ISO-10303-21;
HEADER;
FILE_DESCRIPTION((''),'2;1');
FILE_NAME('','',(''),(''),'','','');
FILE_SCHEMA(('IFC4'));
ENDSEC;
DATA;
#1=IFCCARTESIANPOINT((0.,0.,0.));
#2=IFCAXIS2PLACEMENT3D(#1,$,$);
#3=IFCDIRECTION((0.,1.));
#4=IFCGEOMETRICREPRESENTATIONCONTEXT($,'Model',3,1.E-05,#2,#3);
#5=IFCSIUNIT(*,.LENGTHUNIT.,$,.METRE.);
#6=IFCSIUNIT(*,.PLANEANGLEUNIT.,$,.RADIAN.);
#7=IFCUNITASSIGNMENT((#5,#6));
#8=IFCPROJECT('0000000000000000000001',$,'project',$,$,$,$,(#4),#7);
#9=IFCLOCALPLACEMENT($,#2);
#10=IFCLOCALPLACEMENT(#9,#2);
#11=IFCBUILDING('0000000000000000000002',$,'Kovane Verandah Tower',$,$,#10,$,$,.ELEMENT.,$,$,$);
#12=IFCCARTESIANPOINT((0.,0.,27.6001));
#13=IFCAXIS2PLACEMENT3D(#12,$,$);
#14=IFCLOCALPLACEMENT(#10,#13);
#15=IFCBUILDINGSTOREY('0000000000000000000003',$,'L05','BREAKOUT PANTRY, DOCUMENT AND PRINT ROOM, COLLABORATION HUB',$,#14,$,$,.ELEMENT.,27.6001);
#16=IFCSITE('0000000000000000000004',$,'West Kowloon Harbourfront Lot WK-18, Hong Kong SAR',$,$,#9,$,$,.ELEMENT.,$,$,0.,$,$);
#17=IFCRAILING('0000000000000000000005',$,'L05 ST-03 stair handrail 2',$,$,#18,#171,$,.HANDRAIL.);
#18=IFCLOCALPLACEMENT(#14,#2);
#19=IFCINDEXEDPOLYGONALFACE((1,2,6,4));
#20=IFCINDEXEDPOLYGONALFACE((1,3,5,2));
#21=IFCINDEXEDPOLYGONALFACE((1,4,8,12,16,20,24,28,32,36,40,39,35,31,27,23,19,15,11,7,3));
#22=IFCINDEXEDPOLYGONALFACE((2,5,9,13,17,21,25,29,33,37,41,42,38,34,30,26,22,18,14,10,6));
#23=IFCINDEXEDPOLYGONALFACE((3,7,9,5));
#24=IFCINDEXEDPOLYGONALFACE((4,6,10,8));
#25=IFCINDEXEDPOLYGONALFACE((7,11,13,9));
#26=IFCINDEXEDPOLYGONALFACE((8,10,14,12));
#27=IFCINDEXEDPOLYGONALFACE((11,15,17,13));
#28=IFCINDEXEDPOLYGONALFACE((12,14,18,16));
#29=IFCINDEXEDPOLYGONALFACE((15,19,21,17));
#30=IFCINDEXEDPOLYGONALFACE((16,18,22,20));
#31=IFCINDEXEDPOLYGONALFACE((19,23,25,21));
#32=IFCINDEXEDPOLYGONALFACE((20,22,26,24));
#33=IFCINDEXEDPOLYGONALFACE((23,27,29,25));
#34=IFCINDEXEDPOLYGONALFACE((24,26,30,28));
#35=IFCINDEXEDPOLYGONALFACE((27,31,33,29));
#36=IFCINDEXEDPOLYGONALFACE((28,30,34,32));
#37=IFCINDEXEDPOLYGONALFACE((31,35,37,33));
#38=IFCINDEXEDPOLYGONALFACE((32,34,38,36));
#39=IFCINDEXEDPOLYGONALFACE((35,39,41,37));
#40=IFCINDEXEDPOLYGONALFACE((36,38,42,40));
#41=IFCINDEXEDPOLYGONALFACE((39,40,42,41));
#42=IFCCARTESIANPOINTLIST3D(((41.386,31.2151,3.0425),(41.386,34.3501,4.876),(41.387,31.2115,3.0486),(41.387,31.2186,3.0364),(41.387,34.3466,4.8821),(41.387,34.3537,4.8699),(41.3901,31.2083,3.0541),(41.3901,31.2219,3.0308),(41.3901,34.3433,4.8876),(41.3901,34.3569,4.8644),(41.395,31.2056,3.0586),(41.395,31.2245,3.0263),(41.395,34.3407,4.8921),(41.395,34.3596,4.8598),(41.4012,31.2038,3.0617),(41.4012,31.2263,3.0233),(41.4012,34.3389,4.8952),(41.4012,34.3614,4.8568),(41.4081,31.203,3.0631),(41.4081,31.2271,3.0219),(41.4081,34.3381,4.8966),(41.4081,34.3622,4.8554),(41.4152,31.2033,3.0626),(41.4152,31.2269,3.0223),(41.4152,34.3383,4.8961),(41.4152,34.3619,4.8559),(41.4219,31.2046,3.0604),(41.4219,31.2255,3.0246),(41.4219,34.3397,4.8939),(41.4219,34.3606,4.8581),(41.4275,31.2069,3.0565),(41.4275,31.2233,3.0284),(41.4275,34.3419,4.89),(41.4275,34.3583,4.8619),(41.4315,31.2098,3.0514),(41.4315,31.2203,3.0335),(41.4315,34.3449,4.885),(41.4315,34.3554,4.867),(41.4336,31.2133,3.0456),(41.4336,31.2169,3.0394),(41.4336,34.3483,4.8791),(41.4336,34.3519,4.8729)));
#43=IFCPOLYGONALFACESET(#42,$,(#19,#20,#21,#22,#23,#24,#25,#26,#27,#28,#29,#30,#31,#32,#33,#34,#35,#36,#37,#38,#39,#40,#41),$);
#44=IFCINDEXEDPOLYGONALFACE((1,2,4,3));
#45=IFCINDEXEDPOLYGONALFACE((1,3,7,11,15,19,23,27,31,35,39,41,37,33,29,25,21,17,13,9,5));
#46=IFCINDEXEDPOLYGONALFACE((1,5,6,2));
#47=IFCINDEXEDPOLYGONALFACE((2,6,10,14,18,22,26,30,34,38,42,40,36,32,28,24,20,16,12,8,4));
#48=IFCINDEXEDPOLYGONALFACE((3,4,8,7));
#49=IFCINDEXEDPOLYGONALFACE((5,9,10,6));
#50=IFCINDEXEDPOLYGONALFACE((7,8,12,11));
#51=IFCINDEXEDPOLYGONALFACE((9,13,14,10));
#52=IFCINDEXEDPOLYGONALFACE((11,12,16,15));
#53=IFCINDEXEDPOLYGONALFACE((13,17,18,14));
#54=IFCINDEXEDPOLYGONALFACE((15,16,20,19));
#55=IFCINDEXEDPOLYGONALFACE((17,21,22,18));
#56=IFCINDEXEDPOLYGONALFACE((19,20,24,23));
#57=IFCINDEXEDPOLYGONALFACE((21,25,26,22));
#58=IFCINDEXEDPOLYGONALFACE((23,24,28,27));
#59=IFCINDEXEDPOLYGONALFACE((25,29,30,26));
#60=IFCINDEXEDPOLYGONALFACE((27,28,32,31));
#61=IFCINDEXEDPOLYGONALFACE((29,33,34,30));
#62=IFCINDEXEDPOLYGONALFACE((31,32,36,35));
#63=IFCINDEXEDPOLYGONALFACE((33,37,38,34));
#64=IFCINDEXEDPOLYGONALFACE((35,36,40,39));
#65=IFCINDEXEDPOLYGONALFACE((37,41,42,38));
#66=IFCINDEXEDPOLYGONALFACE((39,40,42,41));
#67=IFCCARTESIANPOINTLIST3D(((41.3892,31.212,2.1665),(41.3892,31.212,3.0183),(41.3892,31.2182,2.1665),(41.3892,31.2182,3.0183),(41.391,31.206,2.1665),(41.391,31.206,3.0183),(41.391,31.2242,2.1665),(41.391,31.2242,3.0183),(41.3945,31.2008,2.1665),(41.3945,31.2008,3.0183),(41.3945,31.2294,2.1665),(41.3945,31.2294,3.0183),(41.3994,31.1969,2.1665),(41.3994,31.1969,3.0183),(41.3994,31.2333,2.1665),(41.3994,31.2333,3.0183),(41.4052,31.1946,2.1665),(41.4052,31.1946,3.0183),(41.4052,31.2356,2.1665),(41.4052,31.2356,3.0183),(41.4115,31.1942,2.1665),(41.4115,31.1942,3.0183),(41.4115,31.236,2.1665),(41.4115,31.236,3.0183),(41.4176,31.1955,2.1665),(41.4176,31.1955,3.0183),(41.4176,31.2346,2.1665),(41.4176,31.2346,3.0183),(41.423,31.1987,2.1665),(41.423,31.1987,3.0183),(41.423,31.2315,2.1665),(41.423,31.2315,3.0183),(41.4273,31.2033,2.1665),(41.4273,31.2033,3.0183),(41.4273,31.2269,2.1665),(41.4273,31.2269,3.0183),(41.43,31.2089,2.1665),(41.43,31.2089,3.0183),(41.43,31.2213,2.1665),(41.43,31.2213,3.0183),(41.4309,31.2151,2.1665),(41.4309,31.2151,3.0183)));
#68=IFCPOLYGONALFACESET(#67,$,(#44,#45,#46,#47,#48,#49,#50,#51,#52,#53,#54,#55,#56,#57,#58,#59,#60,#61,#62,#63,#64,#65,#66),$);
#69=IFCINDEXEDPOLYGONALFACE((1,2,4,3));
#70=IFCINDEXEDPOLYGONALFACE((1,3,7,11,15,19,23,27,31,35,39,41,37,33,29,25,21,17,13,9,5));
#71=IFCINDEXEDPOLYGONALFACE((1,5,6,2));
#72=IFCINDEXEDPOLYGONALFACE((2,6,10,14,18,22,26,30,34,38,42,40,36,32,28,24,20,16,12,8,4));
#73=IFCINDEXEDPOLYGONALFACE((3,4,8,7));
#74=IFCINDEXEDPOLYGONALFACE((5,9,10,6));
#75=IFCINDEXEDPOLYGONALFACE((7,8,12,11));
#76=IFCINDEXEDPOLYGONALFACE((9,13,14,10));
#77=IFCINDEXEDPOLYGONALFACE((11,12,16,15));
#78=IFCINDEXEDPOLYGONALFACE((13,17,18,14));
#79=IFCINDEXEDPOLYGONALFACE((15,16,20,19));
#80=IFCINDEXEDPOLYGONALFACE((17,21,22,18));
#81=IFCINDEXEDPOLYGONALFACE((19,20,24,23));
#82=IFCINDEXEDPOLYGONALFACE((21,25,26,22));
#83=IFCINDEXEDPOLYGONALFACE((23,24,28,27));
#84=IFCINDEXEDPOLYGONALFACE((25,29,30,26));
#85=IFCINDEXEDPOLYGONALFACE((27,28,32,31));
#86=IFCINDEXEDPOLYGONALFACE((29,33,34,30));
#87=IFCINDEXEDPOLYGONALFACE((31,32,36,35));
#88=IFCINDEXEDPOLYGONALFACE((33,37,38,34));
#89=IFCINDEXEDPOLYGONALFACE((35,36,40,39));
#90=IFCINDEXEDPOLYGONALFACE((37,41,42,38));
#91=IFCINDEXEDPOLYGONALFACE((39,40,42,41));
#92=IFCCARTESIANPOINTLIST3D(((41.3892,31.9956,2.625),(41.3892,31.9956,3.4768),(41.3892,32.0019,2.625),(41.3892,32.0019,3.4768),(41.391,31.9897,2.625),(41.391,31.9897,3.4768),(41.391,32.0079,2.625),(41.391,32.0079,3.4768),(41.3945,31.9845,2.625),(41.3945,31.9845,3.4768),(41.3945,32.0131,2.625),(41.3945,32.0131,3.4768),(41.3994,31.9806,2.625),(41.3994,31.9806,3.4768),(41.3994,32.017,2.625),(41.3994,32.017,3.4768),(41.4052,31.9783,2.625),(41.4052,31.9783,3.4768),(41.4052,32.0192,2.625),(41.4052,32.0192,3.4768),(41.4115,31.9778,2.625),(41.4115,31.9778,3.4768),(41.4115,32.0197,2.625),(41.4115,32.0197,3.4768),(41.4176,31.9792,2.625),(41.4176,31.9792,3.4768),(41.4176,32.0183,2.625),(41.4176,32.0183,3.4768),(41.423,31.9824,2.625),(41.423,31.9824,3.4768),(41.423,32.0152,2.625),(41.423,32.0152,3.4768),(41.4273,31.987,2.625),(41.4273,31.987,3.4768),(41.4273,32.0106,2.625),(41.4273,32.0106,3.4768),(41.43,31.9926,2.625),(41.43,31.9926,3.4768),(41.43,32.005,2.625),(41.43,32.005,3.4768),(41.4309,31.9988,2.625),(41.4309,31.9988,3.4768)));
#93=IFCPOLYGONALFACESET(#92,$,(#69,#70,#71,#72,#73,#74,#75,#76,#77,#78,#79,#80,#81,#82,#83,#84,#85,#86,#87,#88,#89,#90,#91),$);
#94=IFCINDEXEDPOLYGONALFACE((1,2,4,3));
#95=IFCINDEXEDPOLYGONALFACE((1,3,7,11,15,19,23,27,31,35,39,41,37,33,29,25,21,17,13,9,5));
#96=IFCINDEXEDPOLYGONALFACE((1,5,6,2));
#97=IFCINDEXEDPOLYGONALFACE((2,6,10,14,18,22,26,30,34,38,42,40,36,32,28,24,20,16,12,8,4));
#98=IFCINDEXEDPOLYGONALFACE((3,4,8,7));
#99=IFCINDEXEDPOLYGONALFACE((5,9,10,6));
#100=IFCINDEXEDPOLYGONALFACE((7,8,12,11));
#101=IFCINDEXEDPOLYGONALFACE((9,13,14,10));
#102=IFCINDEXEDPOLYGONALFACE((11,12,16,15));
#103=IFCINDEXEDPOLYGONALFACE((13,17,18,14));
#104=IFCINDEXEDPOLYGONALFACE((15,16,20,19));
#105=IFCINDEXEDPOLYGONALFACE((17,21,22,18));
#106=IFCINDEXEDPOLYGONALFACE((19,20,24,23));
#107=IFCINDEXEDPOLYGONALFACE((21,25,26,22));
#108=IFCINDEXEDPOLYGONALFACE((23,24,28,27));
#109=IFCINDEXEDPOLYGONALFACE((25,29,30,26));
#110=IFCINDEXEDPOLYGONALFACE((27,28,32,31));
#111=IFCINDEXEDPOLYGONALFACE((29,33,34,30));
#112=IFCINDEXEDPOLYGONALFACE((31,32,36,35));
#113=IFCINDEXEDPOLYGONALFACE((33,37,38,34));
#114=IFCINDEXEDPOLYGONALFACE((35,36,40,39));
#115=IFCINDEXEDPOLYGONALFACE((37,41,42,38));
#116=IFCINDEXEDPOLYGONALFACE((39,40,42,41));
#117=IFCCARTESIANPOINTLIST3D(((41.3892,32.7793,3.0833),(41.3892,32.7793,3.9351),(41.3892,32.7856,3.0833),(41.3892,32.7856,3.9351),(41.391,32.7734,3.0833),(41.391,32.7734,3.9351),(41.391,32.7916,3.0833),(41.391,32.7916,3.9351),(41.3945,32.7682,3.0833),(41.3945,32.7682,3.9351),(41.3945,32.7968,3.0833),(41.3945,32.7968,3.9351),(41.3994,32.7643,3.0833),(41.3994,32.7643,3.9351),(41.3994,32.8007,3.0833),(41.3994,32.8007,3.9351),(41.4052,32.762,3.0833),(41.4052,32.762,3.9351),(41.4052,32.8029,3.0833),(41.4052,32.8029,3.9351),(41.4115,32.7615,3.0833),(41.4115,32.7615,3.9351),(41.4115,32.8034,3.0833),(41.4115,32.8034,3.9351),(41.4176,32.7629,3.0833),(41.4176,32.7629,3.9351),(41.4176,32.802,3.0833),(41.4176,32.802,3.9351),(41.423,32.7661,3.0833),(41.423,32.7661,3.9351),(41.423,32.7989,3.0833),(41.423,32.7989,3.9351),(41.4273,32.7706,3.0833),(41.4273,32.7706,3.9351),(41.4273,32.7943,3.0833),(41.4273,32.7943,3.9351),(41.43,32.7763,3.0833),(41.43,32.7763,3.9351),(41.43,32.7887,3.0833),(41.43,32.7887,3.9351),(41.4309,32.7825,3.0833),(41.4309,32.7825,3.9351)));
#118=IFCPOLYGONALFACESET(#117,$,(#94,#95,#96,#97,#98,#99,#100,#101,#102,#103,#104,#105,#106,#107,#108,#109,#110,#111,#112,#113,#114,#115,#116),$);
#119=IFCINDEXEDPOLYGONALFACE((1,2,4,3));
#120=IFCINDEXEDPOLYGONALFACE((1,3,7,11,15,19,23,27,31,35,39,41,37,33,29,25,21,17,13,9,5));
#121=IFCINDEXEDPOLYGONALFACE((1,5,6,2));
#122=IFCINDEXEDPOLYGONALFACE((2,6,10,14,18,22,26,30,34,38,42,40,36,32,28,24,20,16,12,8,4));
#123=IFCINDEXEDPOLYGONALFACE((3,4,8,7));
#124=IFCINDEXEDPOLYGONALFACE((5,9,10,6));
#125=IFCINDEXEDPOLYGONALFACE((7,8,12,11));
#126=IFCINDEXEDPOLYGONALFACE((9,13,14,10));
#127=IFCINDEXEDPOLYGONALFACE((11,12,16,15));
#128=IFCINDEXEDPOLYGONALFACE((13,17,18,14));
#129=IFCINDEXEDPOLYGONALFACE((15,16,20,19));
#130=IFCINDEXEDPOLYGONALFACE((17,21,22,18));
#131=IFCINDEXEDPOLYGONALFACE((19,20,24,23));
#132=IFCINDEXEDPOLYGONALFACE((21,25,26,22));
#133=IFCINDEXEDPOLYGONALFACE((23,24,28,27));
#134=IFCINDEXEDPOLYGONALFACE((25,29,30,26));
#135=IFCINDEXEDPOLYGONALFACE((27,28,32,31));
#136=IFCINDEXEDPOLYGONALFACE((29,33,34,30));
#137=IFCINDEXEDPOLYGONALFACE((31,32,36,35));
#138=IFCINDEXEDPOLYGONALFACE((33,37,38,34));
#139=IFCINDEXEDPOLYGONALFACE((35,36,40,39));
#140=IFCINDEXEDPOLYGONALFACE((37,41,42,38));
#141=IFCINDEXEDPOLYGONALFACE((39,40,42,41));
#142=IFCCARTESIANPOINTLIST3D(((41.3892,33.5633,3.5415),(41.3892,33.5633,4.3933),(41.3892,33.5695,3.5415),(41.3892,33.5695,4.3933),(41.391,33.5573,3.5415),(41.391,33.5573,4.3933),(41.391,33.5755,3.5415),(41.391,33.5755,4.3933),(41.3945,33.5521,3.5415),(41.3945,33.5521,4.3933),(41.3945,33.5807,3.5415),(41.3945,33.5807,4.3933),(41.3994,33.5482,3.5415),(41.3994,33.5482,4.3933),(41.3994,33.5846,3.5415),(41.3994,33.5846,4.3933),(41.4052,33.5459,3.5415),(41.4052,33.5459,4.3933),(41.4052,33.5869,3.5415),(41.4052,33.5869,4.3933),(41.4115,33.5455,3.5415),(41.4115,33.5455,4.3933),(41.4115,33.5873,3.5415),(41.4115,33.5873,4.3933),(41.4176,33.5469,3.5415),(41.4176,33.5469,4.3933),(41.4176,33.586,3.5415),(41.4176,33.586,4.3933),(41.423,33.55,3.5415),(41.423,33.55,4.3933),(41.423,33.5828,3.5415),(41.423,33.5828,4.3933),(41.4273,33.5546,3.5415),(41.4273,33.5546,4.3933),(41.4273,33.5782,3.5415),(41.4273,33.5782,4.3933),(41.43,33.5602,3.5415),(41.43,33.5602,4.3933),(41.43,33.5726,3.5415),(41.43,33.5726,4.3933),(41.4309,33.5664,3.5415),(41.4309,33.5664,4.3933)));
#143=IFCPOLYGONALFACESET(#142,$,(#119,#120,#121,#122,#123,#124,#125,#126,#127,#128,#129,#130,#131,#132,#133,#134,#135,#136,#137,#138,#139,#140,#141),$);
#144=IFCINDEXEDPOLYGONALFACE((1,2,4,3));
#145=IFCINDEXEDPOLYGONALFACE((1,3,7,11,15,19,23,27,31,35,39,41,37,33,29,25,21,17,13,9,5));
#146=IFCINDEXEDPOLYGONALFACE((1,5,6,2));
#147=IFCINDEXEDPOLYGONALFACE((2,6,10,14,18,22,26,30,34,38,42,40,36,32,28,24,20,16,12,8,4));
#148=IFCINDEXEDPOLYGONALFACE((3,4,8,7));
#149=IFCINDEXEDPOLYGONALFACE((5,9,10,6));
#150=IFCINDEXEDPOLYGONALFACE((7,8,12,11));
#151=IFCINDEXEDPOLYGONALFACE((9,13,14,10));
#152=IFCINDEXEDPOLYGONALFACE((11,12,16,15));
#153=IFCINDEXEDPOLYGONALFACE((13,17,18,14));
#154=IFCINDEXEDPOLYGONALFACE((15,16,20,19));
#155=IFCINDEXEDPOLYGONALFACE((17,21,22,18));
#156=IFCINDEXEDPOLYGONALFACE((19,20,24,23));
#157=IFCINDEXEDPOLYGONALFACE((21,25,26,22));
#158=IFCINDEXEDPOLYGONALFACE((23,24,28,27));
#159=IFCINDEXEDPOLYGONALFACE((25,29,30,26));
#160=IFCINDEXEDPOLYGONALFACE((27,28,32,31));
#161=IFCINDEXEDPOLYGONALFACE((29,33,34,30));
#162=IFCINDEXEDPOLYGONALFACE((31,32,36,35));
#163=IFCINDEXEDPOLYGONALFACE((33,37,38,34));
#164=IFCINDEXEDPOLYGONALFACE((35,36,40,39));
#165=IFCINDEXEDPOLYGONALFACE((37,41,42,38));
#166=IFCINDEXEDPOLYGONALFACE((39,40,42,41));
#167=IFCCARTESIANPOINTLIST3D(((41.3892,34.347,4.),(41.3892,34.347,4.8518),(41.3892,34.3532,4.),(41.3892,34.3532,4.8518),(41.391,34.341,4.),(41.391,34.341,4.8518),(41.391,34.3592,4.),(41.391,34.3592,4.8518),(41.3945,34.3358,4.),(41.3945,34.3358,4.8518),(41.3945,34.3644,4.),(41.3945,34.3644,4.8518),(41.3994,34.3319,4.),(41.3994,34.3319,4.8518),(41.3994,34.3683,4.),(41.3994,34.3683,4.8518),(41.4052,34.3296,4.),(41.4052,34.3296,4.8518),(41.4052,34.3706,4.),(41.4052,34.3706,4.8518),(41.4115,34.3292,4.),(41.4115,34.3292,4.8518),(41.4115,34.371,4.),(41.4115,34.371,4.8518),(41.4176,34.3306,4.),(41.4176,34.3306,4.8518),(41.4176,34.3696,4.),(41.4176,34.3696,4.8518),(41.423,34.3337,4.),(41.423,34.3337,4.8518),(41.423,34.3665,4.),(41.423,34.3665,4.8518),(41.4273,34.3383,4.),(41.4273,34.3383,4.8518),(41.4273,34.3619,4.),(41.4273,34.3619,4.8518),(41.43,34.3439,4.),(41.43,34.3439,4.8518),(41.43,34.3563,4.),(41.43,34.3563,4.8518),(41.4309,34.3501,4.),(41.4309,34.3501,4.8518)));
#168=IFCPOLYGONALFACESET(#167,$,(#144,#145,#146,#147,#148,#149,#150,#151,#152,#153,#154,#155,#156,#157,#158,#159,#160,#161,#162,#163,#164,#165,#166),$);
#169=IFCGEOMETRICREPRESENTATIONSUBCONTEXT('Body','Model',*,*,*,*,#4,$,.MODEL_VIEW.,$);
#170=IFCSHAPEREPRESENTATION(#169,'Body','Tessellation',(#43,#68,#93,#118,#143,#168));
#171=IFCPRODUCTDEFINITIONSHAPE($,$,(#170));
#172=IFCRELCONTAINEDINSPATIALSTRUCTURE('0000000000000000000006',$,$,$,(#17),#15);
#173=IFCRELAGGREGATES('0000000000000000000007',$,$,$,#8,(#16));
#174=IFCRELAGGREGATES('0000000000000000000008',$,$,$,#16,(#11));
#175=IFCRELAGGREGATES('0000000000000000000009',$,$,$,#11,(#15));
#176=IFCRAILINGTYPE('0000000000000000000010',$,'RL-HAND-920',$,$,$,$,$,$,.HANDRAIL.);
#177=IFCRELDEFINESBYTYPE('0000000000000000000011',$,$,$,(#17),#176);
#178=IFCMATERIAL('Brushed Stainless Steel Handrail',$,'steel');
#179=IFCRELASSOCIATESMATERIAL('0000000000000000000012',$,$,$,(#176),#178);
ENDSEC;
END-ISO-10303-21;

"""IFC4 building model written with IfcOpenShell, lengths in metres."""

from ifc_helpers import new_model, si_unit, direction, frame, origin, origin_2d, place, context, subcontext, project, spatial, circle, extrude, material, type_object, element, save


model = new_model("IFC4")

# Units and contexts
model_context = context("Model", 3, precision=1e-05, world=origin(), true_north=direction((0.0, 1.0)))
body_context = subcontext(model_context, "Body", "Model", "MODEL_VIEW")
ifc_project = project(units=[si_unit("LENGTHUNIT", "METRE"), si_unit("PLANEANGLEUNIT", "RADIAN")], contexts=[model_context])

# Site, building, storey
site_placement = place(None, origin())
site = spatial("IfcSite", under=ifc_project, at=site_placement, Name="West Kowloon Harbourfront Lot WK-18, Hong Kong SAR", CompositionType="ELEMENT", RefElevation=0.0)
building_placement = place(site_placement, origin())
building = spatial("IfcBuilding", under=site, at=building_placement, Name="Kovane Verandah Tower", CompositionType="ELEMENT")
storey_placement = place(building_placement, frame((0.0, 0.0, 27.6001)))
storey = spatial("IfcBuildingStorey", under=building, at=storey_placement, Name="L05", Description="BREAKOUT PANTRY, DOCUMENT AND PRINT ROOM, COLLABORATION HUB", CompositionType="ELEMENT", Elevation=27.6001)

# Railing
ifc_material_1 = material(Name="Brushed Stainless Steel Handrail", Category="steel")
railing_type_1 = type_object("IfcRailingType", Name="RL-HAND-920", PredefinedType="HANDRAIL", material=ifc_material_1)
railing_1_placement = place(storey_placement, frame((41.4099, 31.2151, 2.1665)))
element("IfcRailing", 1, at=railing_1_placement, inside=storey, type_object=railing_type_1, Name="L05 ST-03 stair handrail 2", PredefinedType="HANDRAIL", context=body_context, shape_type="SweptSolid", body=[
    extrude(circle(Radius=0.0239, at=origin_2d()), frame((0.0, 0.0, 0.876), z_axis=(0.0, 0.86321, 0.504845), x_axis=(-1.0, 0.0, 0.0)), (0.0, 0.0, 1.0), 3.6318),
    extrude(circle(Radius=0.021, at=origin_2d()), origin(), (0.0, 0.0, 1.0), 0.8518),
    extrude(circle(Radius=0.021, at=origin_2d()), frame((0.0, 0.7837, 0.4585)), (0.0, 0.0, 1.0), 0.8518),
    extrude(circle(Radius=0.021, at=origin_2d()), frame((0.0, 1.5674, 0.9167)), (0.0, 0.0, 1.0), 0.8518),
    extrude(circle(Radius=0.021, at=origin_2d()), frame((0.0, 2.3513, 1.375)), (0.0, 0.0, 1.0), 0.8518),
    extrude(circle(Radius=0.021, at=origin_2d()), frame((0.0, 3.135, 1.8335)), (0.0, 0.0, 1.0), 0.8518),
])

save(model, "model.ifc")
